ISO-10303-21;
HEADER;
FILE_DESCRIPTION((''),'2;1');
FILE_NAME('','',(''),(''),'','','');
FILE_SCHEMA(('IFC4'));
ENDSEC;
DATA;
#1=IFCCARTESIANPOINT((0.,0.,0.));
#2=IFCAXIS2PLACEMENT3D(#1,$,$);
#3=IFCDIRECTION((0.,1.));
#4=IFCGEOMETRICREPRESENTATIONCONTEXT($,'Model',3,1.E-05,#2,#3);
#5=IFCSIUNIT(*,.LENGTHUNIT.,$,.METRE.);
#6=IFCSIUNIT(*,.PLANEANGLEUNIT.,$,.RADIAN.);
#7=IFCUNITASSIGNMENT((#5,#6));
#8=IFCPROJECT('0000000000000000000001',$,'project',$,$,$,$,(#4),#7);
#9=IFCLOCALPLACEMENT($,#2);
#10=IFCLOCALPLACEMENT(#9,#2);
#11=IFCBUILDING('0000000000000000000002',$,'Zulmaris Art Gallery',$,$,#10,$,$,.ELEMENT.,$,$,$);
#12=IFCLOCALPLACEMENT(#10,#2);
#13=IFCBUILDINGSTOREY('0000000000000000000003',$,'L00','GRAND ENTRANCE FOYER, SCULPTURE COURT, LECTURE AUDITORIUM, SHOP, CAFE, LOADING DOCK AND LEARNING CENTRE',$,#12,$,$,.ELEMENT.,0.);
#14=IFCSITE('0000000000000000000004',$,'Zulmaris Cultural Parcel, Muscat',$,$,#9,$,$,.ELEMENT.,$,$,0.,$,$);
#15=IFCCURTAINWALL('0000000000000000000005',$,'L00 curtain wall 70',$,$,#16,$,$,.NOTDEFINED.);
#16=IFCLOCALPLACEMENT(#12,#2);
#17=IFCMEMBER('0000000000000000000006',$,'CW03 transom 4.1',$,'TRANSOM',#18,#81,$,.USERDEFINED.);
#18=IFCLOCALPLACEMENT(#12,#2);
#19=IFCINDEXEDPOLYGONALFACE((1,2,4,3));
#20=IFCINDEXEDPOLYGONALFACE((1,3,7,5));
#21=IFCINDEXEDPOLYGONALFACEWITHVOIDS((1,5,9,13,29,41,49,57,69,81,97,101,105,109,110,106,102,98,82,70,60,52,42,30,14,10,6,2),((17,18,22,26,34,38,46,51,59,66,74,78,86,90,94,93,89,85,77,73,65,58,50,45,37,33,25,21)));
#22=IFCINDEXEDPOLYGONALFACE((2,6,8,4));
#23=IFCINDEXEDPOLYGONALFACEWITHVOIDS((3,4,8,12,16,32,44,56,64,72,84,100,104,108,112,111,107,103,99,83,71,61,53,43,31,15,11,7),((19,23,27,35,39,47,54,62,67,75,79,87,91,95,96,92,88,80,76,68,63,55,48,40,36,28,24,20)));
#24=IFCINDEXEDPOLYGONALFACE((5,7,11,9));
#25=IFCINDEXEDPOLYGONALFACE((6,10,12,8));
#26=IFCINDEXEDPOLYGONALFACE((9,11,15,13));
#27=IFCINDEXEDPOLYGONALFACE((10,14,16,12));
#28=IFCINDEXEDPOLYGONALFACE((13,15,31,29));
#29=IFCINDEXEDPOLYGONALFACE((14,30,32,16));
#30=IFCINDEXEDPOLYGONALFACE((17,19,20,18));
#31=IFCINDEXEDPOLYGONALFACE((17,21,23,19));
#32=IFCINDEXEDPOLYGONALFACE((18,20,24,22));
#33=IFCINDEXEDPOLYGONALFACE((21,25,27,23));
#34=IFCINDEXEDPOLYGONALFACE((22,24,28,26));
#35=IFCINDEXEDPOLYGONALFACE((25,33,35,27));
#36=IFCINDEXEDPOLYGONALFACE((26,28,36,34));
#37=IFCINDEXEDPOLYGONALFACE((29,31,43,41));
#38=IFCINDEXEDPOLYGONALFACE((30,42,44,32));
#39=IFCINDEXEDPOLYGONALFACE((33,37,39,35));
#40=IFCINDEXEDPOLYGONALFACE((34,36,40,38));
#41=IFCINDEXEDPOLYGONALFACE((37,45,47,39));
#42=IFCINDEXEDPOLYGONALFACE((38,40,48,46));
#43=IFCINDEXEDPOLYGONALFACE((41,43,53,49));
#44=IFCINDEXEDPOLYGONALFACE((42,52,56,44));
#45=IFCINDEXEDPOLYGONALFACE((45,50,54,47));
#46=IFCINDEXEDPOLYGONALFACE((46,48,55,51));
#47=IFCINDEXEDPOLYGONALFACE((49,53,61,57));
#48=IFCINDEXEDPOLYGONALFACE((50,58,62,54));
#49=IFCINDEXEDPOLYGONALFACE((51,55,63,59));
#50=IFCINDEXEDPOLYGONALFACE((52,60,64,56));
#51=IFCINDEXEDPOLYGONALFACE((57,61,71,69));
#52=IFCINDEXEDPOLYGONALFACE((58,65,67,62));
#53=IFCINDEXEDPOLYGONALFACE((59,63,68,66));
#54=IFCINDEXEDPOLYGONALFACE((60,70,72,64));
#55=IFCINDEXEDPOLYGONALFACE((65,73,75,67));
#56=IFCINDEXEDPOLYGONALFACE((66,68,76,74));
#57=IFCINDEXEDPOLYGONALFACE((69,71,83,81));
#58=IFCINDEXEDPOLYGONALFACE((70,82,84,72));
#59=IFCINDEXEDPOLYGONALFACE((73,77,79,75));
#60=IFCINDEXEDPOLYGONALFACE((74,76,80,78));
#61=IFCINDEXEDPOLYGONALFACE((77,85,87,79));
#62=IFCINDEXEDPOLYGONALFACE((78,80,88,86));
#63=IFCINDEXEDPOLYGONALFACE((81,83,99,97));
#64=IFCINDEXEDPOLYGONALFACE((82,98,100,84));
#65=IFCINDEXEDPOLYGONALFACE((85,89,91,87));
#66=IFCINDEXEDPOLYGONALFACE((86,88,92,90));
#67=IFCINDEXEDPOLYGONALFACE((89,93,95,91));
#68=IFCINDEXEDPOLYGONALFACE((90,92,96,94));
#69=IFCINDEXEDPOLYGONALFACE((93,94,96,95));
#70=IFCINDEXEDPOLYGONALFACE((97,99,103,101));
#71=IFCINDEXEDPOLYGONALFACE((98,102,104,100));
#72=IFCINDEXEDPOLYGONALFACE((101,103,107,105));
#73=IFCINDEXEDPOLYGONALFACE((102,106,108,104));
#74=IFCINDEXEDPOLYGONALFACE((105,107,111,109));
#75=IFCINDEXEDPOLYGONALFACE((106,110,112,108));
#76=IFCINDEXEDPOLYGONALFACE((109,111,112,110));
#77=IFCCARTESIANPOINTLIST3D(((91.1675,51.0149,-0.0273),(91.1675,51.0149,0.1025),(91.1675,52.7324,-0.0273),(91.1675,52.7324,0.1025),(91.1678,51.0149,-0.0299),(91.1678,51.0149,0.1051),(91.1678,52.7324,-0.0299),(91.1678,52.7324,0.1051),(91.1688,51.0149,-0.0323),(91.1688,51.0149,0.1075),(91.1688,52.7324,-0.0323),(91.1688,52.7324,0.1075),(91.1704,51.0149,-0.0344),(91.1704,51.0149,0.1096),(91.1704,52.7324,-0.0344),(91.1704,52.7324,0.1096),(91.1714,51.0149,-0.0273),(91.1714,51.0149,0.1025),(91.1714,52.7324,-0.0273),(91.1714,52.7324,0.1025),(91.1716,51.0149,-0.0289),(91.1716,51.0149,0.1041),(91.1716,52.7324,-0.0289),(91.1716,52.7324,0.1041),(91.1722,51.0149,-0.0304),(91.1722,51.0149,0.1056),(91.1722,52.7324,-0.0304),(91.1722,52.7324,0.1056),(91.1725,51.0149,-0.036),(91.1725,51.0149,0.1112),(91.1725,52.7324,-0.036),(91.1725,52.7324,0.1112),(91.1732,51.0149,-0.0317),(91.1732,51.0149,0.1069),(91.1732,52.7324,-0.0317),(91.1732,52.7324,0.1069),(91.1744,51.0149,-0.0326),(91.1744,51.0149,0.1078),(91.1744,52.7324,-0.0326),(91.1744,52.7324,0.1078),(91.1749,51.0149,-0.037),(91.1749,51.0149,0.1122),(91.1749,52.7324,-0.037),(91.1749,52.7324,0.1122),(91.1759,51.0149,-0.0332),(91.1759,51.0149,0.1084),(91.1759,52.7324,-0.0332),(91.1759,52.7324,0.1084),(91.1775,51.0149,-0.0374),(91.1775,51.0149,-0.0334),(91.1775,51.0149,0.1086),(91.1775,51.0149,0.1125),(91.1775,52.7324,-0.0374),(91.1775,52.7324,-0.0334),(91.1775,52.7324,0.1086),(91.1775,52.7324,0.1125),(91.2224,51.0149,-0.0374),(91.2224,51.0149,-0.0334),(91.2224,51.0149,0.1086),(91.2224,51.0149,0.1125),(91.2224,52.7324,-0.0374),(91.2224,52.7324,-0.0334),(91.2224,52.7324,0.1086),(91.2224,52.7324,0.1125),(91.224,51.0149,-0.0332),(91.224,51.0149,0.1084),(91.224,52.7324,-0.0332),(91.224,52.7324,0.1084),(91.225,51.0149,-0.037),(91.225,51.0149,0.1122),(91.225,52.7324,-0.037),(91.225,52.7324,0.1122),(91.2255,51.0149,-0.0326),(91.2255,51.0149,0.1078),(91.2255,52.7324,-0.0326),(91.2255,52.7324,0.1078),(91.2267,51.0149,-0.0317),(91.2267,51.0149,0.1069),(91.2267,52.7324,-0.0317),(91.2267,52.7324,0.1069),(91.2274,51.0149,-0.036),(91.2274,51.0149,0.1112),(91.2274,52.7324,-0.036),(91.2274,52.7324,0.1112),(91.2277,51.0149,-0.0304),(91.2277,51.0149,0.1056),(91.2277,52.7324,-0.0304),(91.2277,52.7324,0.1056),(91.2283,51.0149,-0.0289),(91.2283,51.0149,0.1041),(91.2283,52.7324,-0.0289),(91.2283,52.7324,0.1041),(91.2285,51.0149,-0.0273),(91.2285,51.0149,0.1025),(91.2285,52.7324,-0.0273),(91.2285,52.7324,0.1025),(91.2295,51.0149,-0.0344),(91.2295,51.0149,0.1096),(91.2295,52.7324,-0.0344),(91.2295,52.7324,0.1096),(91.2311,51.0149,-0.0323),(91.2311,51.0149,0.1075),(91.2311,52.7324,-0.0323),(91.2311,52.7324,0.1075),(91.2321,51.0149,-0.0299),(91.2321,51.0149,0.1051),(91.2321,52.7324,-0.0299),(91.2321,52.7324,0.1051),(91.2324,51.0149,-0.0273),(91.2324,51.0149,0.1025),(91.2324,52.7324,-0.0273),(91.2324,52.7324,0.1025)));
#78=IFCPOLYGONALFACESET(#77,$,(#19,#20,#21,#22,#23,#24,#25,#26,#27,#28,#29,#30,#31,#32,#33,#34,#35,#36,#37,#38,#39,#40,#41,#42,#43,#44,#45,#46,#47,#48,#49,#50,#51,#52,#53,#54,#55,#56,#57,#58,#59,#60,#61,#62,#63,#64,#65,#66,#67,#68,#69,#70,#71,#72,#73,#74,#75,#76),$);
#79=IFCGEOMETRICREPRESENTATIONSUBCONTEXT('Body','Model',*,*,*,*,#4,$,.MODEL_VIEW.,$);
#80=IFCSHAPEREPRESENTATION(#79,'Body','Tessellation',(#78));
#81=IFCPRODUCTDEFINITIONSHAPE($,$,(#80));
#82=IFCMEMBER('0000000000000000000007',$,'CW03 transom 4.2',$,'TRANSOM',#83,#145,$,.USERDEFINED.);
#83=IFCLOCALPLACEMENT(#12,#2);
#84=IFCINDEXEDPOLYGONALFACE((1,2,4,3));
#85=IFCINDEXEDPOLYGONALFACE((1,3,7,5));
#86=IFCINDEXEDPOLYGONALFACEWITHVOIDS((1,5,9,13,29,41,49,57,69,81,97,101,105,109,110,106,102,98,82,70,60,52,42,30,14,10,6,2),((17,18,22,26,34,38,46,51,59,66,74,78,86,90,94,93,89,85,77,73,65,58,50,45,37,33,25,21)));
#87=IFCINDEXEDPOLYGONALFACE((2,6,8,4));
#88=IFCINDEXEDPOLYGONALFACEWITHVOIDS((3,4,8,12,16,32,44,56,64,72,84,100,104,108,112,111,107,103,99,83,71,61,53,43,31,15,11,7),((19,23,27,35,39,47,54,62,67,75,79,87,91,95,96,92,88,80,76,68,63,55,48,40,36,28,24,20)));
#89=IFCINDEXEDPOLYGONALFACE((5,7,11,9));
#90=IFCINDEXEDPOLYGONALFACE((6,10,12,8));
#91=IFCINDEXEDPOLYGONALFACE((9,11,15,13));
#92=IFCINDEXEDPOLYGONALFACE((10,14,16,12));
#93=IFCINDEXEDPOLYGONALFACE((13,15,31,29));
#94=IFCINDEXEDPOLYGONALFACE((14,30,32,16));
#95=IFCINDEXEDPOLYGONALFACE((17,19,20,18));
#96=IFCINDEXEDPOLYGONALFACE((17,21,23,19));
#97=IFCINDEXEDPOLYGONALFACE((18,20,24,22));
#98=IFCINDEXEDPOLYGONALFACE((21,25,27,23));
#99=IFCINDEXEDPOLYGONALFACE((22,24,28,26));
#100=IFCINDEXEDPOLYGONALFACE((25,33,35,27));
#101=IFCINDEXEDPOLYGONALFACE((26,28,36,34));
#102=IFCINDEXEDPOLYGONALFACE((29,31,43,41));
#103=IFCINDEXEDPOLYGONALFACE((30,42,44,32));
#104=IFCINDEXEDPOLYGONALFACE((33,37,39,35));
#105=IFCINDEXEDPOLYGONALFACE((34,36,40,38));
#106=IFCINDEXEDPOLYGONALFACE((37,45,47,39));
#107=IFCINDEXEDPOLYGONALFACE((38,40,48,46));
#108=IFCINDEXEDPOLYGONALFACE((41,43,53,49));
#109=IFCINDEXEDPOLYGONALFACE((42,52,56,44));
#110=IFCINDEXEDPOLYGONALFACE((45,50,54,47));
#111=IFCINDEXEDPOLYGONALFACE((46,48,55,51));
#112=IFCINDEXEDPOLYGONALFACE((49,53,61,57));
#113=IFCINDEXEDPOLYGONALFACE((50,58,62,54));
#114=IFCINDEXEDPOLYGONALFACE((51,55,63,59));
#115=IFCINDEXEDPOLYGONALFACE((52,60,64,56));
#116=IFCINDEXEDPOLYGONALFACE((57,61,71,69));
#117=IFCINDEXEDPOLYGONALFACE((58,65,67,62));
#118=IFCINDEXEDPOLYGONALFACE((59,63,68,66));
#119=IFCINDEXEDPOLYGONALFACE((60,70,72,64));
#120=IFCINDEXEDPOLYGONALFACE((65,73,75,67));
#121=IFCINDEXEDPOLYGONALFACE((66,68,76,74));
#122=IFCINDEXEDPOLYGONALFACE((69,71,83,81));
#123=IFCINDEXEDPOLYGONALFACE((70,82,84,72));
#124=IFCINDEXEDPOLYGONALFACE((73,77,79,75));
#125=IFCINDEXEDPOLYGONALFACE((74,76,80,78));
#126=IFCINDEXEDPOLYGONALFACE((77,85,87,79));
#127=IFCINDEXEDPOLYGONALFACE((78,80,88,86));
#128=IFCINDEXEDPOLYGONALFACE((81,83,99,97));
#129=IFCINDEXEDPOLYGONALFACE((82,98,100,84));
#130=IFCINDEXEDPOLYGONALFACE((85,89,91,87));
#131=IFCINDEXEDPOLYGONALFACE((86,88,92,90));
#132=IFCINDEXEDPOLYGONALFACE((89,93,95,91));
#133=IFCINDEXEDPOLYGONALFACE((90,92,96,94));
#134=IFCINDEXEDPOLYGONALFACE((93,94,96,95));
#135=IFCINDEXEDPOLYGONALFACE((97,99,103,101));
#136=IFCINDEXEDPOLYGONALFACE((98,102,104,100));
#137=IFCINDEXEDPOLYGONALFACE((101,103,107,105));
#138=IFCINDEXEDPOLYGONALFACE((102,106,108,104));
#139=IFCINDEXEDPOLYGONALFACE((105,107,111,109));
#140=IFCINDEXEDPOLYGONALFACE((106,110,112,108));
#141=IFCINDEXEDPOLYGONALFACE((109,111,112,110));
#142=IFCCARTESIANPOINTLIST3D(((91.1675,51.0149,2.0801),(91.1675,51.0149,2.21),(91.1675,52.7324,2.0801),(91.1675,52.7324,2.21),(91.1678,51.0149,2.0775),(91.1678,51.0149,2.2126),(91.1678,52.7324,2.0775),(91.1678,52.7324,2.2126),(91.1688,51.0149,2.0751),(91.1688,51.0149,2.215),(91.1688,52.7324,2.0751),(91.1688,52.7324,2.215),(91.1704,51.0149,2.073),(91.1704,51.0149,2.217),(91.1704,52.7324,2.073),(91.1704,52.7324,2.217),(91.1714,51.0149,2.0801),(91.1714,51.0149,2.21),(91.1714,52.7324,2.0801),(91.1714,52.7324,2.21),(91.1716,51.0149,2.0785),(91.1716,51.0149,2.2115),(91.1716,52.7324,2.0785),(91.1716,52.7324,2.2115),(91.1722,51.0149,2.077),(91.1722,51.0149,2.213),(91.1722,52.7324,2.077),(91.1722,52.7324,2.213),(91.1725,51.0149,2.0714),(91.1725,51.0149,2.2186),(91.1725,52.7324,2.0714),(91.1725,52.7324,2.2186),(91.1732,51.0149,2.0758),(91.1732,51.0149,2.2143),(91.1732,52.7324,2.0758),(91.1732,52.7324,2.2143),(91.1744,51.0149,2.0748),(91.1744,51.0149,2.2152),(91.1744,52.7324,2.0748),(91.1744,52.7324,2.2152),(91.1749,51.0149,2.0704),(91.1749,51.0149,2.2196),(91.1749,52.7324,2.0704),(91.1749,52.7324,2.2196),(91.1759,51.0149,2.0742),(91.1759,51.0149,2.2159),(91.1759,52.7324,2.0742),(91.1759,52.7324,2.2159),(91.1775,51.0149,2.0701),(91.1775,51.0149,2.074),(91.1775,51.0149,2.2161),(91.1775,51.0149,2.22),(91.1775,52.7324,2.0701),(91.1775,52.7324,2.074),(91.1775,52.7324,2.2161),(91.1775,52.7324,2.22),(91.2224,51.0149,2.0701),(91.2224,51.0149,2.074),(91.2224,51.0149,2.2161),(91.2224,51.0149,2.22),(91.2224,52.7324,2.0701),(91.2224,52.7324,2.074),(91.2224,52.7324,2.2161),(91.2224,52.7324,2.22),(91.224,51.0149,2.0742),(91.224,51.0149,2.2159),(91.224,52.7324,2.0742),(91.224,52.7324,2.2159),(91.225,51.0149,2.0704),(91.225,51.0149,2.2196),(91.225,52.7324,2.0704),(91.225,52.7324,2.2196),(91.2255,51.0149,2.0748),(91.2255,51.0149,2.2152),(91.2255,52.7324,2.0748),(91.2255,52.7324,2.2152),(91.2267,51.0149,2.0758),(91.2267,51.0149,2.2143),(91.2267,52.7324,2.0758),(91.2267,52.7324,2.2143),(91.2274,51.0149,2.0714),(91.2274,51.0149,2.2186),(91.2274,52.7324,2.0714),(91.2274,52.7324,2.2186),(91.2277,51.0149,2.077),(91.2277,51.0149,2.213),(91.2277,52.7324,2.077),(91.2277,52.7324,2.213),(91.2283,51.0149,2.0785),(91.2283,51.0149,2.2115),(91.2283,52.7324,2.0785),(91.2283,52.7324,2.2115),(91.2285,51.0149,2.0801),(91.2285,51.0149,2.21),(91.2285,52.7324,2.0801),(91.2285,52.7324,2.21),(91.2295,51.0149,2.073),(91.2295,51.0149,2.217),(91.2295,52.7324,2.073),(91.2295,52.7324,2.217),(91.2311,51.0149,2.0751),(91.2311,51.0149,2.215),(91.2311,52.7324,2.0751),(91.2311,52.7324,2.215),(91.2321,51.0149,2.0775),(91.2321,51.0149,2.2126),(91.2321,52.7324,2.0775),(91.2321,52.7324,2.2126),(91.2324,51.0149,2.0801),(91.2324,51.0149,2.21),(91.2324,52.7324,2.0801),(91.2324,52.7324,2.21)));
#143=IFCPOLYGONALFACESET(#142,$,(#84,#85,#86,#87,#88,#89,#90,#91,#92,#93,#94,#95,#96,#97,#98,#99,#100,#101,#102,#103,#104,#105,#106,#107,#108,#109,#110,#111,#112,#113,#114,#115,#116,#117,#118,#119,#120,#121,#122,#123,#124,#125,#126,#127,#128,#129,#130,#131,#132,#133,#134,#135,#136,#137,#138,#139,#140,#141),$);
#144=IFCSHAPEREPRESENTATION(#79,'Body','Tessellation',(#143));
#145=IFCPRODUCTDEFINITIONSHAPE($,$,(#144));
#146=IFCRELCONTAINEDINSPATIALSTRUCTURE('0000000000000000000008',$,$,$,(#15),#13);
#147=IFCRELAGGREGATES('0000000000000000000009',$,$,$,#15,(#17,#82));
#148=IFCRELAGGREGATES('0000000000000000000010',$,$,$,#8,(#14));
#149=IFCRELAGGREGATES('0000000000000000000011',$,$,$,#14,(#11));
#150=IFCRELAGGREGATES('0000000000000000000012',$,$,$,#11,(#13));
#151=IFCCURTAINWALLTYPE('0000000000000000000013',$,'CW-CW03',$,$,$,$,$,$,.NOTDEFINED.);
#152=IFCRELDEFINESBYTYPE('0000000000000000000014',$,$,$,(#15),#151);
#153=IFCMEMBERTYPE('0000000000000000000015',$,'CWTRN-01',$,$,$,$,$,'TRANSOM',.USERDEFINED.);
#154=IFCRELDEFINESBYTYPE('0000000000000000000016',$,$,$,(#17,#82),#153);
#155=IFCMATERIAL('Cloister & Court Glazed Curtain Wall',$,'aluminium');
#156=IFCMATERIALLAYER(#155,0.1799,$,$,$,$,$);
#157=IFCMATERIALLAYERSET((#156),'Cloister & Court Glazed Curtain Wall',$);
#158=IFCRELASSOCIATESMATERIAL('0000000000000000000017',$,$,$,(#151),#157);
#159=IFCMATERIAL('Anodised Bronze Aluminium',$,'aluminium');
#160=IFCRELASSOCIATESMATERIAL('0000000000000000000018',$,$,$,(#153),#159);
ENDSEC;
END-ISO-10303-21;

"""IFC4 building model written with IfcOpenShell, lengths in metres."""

from ifc_helpers import new_model, si_unit, direction, frame, origin, origin_2d, place, context, subcontext, project, spatial, hollow_rectangle, extrude, material, layer, layer_set, material_profile, profile_set, type_object, element, aggregate, save


model = new_model("IFC4")

# Units and contexts
model_context = context("Model", 3, precision=1e-05, world=origin(), true_north=direction((0.0, 1.0)))
body_context = subcontext(model_context, "Body", "Model", "MODEL_VIEW")
ifc_project = project(units=[si_unit("LENGTHUNIT", "METRE"), si_unit("PLANEANGLEUNIT", "RADIAN")], contexts=[model_context])

# Site, building, storey
site_placement = place(None, origin())
site = spatial("IfcSite", under=ifc_project, at=site_placement, Name="Zulmaris Cultural Parcel, Muscat", CompositionType="ELEMENT", RefElevation=0.0)
building_placement = place(site_placement, origin())
building = spatial("IfcBuilding", under=site, at=building_placement, Name="Zulmaris Art Gallery", CompositionType="ELEMENT")
storey_placement = place(building_placement, origin())
storey = spatial("IfcBuildingStorey", under=building, at=storey_placement, Name="L00", Description="GRAND ENTRANCE FOYER, SCULPTURE COURT, LECTURE AUDITORIUM, SHOP, CAFE, LOADING DOCK AND LEARNING CENTRE", CompositionType="ELEMENT", Elevation=0.0)

# Shared definitions
ifc_material_1 = material(Name="Cloister & Court Glazed Curtain Wall", Category="aluminium")
ifc_layer_1 = layer(ifc_material_1, 0.1799)
ifc_layer_set_1 = layer_set([ifc_layer_1], Name="Cloister & Court Glazed Curtain Wall")
curtain_wall_type_1 = type_object("IfcCurtainWallType", Name="CW-CW03", PredefinedType="NOTDEFINED", material=ifc_layer_set_1)
ifc_material_2 = material(Name="Anodised Bronze Aluminium", Category="aluminium")

# Curtain wall
curtain_wall_1_placement = place(storey_placement, origin())
curtain_wall_1 = element("IfcCurtainWall", 1, at=curtain_wall_1_placement, inside=storey, type_object=curtain_wall_type_1, Name="L00 curtain wall 70", PredefinedType="NOTDEFINED")

# Members
ifc_material_profile_1 = material_profile(ifc_material_2, hollow_rectangle(XDim=0.0649, YDim=0.1499, WallThickness=0.0039, InnerFilletRadius=0.0061, OuterFilletRadius=0.01, at=origin_2d()), Name="ALU 65x150x4")
ifc_profile_set_1 = profile_set([ifc_material_profile_1], Name="Anodised Bronze Aluminium")
member_type_1 = type_object("IfcMemberType", Name="CWTRN-01", ElementType="TRANSOM", PredefinedType="USERDEFINED", material=ifc_profile_set_1)
member_1_placement = place(storey_placement, frame((91.2, 52.7324, 0.0376), z_axis=(0.0, -1.0, 0.0), x_axis=(1.0, 0.0, 0.0)))
member_1 = element("IfcMember", 2, at=member_1_placement, type_object=member_type_1, Name="CW03 transom 4.1", ObjectType="TRANSOM", PredefinedType="USERDEFINED", context=body_context, shape_type="SweptSolid", body=[
    extrude(hollow_rectangle(XDim=0.0649, YDim=0.1499, WallThickness=0.0039, InnerFilletRadius=0.0061, OuterFilletRadius=0.01, at=origin_2d()), origin(), (0.0, 0.0, 1.0), 1.7175),
])
member_2_placement = place(storey_placement, frame((91.2, 52.7324, 2.145), z_axis=(0.0, -1.0, 0.0), x_axis=(1.0, 0.0, 0.0)))
member_2 = element("IfcMember", 3, at=member_2_placement, type_object=member_type_1, Name="CW03 transom 4.2", ObjectType="TRANSOM", PredefinedType="USERDEFINED", context=body_context, shape_type="SweptSolid", body=[
    extrude(hollow_rectangle(XDim=0.0649, YDim=0.1499, WallThickness=0.0039, InnerFilletRadius=0.0061, OuterFilletRadius=0.01, at=origin_2d()), origin(), (0.0, 0.0, 1.0), 1.7175),
])

aggregate(curtain_wall_1, [member_1, member_2])

save(model, "model.ifc")
